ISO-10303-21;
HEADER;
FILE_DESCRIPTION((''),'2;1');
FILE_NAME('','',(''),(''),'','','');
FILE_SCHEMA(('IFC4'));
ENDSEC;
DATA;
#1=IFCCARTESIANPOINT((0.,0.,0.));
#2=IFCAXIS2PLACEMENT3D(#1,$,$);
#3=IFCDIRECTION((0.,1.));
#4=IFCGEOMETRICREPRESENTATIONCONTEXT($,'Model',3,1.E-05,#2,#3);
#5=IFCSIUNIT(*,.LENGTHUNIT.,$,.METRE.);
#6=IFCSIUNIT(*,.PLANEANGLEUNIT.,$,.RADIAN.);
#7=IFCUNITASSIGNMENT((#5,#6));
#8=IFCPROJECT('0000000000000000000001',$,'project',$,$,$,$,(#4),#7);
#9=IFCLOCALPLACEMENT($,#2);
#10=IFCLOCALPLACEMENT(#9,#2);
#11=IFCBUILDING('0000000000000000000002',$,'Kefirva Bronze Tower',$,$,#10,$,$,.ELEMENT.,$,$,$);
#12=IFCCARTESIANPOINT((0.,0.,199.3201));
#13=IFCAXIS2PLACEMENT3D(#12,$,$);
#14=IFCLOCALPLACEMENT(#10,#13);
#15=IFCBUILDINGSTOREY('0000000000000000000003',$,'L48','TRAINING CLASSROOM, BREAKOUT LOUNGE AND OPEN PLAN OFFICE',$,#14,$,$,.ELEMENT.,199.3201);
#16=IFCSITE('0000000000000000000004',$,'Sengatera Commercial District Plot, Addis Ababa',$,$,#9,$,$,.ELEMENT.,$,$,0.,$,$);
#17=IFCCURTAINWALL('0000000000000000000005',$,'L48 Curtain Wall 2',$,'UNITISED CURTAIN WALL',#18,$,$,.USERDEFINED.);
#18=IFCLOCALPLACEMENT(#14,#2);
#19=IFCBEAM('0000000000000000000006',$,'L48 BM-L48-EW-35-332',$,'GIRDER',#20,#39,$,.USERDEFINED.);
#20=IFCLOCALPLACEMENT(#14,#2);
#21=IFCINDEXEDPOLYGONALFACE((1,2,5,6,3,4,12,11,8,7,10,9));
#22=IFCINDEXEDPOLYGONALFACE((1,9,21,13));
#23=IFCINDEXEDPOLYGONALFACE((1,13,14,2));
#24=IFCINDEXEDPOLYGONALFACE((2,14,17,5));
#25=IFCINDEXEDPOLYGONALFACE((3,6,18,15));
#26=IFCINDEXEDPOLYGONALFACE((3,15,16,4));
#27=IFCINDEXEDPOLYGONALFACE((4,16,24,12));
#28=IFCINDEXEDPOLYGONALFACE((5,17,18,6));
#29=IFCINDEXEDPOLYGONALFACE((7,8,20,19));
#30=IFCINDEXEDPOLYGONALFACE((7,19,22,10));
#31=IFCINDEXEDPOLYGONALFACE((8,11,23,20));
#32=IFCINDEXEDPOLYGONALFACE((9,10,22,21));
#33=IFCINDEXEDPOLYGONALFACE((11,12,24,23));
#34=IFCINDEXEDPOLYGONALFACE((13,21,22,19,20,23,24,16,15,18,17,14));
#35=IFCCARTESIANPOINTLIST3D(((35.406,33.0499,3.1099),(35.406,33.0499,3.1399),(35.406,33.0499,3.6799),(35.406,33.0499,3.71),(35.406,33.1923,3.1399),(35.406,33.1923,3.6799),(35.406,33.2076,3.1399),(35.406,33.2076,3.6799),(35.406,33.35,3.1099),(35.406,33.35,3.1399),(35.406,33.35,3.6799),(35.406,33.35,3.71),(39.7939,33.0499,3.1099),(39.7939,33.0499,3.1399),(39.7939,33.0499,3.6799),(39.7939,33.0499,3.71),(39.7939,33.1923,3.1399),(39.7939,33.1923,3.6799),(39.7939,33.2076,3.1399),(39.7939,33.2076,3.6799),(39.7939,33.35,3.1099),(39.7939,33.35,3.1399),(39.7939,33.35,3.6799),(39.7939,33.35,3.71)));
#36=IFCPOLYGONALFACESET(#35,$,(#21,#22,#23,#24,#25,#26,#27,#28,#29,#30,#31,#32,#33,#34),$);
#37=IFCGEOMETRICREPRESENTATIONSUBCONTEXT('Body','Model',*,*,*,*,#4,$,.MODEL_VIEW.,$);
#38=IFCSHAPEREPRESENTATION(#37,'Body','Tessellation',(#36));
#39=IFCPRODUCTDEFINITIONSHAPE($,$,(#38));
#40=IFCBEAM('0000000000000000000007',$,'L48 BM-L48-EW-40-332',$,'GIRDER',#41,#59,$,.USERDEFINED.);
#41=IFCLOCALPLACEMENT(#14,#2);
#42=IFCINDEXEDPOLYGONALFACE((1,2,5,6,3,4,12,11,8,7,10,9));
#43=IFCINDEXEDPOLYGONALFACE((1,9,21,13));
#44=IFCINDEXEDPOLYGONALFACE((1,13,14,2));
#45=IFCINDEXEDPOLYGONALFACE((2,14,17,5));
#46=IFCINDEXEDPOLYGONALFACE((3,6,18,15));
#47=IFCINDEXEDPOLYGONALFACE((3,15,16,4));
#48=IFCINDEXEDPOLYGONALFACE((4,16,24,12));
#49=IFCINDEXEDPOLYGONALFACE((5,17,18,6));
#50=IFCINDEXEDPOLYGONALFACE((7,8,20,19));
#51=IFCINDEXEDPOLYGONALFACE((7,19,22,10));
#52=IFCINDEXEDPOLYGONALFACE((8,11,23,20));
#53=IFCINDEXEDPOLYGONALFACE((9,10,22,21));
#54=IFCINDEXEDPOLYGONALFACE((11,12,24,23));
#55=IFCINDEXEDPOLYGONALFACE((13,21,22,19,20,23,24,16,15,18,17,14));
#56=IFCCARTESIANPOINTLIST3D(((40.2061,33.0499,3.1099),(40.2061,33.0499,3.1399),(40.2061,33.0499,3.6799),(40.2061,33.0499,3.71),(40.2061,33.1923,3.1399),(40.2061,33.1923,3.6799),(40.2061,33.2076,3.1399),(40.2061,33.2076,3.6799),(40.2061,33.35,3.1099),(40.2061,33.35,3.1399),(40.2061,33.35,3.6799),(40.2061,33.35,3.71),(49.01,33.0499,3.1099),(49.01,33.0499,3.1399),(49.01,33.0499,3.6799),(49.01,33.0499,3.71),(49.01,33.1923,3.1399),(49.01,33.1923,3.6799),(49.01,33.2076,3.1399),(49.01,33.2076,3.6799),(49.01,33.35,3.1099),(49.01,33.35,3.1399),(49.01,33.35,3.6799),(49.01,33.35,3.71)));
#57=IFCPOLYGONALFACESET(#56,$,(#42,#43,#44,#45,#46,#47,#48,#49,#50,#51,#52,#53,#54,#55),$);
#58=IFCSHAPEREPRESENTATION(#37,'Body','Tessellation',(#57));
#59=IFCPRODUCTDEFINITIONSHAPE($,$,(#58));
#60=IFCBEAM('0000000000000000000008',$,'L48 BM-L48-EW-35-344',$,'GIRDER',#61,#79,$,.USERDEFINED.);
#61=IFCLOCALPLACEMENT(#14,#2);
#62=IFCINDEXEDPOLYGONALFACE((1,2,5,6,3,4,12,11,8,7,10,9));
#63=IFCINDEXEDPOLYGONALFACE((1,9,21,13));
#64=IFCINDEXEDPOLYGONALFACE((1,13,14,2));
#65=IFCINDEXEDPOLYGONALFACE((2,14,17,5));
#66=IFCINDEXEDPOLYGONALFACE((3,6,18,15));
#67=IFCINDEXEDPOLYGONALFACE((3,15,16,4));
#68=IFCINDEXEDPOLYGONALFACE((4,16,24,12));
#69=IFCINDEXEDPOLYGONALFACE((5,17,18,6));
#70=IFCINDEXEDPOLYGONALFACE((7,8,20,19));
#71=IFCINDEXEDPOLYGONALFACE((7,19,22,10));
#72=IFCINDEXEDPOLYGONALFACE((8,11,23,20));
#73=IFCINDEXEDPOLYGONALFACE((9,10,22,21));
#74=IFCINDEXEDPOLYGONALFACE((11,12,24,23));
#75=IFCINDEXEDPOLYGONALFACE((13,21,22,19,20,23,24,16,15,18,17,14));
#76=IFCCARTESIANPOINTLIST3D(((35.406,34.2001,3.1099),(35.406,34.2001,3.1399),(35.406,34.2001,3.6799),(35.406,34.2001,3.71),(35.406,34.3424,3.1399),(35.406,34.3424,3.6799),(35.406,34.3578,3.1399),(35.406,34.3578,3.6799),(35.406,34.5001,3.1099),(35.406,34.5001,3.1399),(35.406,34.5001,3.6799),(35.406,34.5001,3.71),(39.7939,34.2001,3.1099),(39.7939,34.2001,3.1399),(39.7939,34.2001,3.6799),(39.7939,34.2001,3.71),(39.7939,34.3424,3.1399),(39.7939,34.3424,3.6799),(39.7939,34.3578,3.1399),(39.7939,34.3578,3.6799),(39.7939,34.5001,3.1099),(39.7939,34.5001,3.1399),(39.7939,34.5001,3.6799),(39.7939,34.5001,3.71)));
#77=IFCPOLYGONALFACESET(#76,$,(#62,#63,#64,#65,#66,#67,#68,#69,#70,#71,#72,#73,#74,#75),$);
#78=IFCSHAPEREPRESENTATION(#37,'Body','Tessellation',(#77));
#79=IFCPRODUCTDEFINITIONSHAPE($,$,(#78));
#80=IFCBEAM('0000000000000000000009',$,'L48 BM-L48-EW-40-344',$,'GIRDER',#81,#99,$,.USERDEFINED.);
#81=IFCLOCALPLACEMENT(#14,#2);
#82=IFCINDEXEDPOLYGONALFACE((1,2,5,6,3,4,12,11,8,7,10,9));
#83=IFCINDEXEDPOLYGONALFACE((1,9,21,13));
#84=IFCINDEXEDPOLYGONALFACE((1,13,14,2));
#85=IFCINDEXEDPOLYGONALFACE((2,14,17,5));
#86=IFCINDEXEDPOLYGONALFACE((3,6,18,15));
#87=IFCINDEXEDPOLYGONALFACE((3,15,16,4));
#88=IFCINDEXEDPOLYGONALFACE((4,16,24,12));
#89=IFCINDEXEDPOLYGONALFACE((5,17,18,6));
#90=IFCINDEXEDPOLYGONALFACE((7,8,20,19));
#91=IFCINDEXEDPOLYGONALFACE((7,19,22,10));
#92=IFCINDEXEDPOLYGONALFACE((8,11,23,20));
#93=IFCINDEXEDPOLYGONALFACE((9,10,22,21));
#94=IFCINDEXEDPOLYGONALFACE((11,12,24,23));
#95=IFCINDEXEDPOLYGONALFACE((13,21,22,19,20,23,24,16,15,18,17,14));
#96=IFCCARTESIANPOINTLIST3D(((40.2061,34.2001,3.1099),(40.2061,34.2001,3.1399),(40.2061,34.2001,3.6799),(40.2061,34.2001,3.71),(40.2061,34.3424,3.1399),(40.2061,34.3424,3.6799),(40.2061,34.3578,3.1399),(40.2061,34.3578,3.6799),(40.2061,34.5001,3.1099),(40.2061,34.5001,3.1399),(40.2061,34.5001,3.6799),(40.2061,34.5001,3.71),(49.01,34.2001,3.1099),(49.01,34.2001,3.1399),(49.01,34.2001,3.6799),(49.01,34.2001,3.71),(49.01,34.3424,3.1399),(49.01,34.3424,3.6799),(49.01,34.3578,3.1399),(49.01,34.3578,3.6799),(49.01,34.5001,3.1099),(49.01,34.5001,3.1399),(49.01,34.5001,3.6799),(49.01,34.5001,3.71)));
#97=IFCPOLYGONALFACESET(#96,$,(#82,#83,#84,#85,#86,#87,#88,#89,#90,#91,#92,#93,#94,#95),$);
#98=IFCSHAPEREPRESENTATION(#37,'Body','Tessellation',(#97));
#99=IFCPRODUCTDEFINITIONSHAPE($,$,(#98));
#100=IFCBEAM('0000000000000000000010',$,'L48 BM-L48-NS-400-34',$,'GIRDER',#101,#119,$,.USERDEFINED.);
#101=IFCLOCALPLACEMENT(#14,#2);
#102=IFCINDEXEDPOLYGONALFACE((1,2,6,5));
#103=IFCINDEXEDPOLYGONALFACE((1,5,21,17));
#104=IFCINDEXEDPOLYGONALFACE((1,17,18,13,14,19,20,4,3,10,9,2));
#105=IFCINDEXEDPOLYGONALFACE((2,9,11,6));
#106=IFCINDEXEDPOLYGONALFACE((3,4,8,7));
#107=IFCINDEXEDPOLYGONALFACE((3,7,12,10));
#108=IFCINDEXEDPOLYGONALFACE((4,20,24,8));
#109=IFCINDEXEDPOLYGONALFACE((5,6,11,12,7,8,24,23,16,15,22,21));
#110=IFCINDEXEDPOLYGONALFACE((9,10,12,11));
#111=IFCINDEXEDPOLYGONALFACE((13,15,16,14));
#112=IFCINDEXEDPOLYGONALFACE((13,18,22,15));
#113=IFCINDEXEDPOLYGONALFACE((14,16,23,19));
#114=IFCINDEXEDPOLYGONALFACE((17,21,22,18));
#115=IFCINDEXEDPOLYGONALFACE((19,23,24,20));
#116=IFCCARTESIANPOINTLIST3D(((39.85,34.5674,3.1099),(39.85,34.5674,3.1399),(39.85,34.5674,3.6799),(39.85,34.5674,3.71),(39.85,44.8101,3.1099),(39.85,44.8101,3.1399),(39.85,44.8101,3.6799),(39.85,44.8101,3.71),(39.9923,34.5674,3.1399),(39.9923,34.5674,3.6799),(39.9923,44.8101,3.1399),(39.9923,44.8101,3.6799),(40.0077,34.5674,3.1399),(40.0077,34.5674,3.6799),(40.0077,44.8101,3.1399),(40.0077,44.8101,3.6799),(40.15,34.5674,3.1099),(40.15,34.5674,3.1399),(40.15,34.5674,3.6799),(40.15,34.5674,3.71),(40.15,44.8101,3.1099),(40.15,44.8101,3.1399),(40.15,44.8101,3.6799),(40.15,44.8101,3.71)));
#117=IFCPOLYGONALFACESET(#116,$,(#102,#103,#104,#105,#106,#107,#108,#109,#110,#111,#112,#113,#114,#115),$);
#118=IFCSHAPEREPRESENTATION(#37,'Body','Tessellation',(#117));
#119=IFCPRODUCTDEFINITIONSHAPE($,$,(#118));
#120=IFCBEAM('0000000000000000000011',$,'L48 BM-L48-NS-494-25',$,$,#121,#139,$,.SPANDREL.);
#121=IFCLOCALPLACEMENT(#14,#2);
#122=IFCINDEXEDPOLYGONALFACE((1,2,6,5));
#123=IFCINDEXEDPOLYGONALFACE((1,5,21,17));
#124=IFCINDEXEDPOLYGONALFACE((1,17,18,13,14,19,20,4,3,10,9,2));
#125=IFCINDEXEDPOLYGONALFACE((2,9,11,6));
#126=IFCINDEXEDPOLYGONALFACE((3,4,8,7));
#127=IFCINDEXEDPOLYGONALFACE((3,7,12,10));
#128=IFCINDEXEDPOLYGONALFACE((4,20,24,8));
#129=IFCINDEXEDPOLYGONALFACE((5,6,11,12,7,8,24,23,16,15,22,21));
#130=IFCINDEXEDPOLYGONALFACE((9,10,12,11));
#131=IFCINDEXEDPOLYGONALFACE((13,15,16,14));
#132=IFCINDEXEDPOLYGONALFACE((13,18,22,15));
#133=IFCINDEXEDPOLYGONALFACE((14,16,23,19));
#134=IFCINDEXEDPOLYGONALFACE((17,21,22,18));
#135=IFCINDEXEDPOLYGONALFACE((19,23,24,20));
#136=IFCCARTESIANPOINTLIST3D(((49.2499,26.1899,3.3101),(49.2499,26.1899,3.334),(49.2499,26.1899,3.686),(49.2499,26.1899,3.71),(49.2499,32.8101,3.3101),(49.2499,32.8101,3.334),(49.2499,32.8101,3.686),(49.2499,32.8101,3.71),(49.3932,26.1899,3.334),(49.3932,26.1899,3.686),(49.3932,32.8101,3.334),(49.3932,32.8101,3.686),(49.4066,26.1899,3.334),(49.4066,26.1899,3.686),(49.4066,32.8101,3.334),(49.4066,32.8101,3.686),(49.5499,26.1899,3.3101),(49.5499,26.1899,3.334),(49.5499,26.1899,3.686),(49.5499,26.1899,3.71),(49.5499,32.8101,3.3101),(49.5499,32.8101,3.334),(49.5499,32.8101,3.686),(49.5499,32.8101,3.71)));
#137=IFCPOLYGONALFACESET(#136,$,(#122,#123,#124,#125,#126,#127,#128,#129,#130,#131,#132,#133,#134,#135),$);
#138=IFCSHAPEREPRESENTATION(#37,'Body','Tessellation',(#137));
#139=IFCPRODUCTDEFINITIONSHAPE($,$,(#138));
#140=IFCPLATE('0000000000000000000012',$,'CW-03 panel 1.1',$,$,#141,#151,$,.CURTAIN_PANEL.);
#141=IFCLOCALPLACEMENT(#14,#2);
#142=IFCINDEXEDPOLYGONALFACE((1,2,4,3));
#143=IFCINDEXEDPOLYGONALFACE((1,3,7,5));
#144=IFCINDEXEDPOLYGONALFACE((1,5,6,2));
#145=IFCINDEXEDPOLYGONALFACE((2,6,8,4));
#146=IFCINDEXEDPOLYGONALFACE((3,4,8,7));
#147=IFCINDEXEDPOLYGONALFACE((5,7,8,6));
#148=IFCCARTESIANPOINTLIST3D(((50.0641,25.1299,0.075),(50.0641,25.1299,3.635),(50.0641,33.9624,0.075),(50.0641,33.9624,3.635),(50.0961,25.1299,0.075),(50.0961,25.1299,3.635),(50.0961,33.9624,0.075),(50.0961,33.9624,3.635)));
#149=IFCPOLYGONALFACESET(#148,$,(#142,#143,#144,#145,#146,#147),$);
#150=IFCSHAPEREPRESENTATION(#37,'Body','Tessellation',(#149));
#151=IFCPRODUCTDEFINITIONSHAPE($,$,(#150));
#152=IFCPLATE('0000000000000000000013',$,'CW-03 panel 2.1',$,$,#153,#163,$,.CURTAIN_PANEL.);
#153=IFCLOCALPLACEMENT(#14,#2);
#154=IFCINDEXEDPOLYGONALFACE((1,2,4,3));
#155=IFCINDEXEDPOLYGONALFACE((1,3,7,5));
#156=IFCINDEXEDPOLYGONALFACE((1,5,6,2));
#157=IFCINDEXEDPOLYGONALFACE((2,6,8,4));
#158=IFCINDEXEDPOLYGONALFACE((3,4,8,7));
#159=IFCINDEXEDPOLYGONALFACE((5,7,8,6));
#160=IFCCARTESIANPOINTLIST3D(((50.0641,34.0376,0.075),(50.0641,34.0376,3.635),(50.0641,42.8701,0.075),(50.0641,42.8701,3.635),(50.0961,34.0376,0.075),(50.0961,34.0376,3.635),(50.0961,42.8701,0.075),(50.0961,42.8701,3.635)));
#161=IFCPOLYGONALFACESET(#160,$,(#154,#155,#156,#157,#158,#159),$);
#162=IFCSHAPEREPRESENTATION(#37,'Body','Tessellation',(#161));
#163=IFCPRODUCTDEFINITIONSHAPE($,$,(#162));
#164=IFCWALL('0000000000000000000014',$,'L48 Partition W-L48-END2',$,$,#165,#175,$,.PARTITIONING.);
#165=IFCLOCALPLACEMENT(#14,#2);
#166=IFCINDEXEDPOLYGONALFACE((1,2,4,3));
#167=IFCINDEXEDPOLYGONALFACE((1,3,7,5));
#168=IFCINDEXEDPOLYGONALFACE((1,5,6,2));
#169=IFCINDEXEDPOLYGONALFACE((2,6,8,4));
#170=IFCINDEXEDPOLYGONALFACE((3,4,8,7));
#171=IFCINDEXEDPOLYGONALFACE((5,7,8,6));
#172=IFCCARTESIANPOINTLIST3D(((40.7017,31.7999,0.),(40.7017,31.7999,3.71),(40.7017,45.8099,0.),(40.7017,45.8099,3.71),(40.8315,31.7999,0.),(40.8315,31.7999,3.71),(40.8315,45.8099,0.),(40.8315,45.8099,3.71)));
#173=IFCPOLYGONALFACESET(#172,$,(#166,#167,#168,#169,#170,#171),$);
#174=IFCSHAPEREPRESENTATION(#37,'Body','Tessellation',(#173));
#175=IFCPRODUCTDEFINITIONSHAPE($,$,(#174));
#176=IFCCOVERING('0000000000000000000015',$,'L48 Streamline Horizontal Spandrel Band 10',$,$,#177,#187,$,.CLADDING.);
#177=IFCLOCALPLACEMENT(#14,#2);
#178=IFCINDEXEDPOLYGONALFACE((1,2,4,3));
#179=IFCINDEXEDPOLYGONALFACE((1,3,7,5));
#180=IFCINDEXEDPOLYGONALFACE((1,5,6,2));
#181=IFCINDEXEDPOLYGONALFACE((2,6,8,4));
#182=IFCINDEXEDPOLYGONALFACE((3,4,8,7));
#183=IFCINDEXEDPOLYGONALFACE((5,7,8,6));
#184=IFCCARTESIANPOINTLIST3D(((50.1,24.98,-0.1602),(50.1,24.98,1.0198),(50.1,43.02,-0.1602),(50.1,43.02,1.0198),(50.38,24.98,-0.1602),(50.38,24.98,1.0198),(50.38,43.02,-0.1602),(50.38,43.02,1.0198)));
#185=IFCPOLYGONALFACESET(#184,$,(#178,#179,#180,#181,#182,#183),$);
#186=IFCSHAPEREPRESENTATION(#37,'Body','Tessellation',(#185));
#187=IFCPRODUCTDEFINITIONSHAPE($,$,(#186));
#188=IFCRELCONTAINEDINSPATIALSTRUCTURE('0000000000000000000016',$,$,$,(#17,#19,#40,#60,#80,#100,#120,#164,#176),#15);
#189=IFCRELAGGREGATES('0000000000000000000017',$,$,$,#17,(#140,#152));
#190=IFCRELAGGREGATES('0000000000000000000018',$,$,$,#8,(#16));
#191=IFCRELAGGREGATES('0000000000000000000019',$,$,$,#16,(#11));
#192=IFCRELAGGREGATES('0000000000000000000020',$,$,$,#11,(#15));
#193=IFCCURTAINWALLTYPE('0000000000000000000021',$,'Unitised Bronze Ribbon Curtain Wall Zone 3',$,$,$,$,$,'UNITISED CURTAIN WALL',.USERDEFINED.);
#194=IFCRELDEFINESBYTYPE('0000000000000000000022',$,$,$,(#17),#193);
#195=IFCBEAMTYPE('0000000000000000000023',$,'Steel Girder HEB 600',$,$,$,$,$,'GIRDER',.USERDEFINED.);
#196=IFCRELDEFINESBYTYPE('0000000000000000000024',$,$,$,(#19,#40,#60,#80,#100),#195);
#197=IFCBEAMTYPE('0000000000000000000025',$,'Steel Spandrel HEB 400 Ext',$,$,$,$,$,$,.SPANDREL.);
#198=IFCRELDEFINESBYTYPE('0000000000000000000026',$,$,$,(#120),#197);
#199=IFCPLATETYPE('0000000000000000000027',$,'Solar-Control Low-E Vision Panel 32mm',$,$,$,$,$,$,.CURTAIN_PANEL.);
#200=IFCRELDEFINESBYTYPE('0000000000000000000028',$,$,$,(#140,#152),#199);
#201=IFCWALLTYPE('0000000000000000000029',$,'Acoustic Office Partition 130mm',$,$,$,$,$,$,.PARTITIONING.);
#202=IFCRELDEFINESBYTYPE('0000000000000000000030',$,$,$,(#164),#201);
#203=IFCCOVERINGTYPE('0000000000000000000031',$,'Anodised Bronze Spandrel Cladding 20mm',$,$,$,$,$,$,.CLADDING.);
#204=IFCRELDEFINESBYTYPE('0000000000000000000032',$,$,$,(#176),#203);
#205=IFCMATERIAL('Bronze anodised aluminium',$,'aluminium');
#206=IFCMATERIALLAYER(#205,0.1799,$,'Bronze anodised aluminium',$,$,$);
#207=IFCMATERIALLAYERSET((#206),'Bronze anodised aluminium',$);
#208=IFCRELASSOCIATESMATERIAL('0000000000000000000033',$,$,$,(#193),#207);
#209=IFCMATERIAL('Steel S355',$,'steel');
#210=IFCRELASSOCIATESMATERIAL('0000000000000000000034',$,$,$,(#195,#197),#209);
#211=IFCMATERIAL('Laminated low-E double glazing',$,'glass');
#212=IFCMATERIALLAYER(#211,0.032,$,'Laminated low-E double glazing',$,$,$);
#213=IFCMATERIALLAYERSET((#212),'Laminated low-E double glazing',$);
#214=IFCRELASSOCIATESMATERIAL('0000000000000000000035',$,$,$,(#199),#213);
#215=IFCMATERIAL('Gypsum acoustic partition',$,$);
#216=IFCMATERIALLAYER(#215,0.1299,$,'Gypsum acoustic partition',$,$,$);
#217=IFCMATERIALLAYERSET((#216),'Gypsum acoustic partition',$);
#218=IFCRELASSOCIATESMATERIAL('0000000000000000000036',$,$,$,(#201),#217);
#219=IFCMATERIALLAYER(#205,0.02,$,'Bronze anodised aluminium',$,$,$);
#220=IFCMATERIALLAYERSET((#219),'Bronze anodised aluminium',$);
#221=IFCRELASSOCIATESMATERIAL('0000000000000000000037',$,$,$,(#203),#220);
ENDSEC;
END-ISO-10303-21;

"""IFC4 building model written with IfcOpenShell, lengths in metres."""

from ifc_helpers import new_model, si_unit, direction, frame, frame_2d, origin, origin_2d, place, context, subcontext, project, spatial, rectangle, i_section, extrude, material, layer, layer_set, material_profile, profile_set, type_object, element, aggregate, save


model = new_model("IFC4")

# Units and contexts
model_context = context("Model", 3, precision=1e-05, world=origin(), true_north=direction((0.0, 1.0)))
body_context = subcontext(model_context, "Body", "Model", "MODEL_VIEW")
ifc_project = project(units=[si_unit("LENGTHUNIT", "METRE"), si_unit("PLANEANGLEUNIT", "RADIAN")], contexts=[model_context])

# Site, building, storey
site_placement = place(None, origin())
site = spatial("IfcSite", under=ifc_project, at=site_placement, Name="Sengatera Commercial District Plot, Addis Ababa", CompositionType="ELEMENT", RefElevation=0.0)
building_placement = place(site_placement, origin())
building = spatial("IfcBuilding", under=site, at=building_placement, Name="Kefirva Bronze Tower", CompositionType="ELEMENT")
storey_placement = place(building_placement, frame((0.0, 0.0, 199.3201)))
storey = spatial("IfcBuildingStorey", under=building, at=storey_placement, Name="L48", Description="TRAINING CLASSROOM, BREAKOUT LOUNGE AND OPEN PLAN OFFICE", CompositionType="ELEMENT", Elevation=199.3201)

# Curtain wall
ifc_material_1 = material(Name="Bronze anodised aluminium", Category="aluminium")
ifc_layer_1 = layer(ifc_material_1, 0.1799, Name="Bronze anodised aluminium")
ifc_layer_set_1 = layer_set([ifc_layer_1], Name="Bronze anodised aluminium")
curtain_wall_type = type_object("IfcCurtainWallType", Name="Unitised Bronze Ribbon Curtain Wall Zone 3", ElementType="UNITISED CURTAIN WALL", PredefinedType="USERDEFINED", material=ifc_layer_set_1)
curtain_wall_placement = place(storey_placement, origin())
curtain_wall = element("IfcCurtainWall", 1, at=curtain_wall_placement, inside=storey, type_object=curtain_wall_type, Name="L48 Curtain Wall 2", ObjectType="UNITISED CURTAIN WALL", PredefinedType="USERDEFINED")

# Beams
ifc_material_2 = material(Name="Steel S355", Category="steel")
ifc_material_profile_1 = material_profile(ifc_material_2, i_section(OverallWidth=0.3, OverallDepth=0.6001, WebThickness=0.0154, FlangeThickness=0.03, at=origin_2d()), Name="HEB 600")
ifc_profile_set_1 = profile_set([ifc_material_profile_1], Name="Steel S355")
beam_type_1 = type_object("IfcBeamType", Name="Steel Girder HEB 600", ElementType="GIRDER", PredefinedType="USERDEFINED", material=ifc_profile_set_1)
beam_1_placement = place(storey_placement, frame((35.406, 33.2, 3.4099), z_axis=(1.0, 0.0, 0.0), x_axis=(0.0, 1.0, 0.0)))
element("IfcBeam", 2, at=beam_1_placement, inside=storey, type_object=beam_type_1, Name="L48 BM-L48-EW-35-332", ObjectType="GIRDER", PredefinedType="USERDEFINED", context=body_context, shape_type="SweptSolid", body=[
    extrude(i_section(OverallWidth=0.3, OverallDepth=0.6001, WebThickness=0.0154, FlangeThickness=0.03, at=origin_2d()), origin(), (0.0, 0.0, 1.0), 4.3879),
])
beam_2_placement = place(storey_placement, frame((40.2061, 33.2, 3.4099), z_axis=(1.0, 0.0, 0.0), x_axis=(0.0, 1.0, 0.0)))
element("IfcBeam", 3, at=beam_2_placement, inside=storey, type_object=beam_type_1, Name="L48 BM-L48-EW-40-332", ObjectType="GIRDER", PredefinedType="USERDEFINED", context=body_context, shape_type="SweptSolid", body=[
    extrude(i_section(OverallWidth=0.3, OverallDepth=0.6001, WebThickness=0.0154, FlangeThickness=0.03, at=origin_2d()), origin(), (0.0, 0.0, 1.0), 8.804),
])
beam_3_placement = place(storey_placement, frame((35.406, 34.3501, 3.4099), z_axis=(1.0, 0.0, 0.0), x_axis=(0.0, 1.0, 0.0)))
element("IfcBeam", 4, at=beam_3_placement, inside=storey, type_object=beam_type_1, Name="L48 BM-L48-EW-35-344", ObjectType="GIRDER", PredefinedType="USERDEFINED", context=body_context, shape_type="SweptSolid", body=[
    extrude(i_section(OverallWidth=0.3, OverallDepth=0.6001, WebThickness=0.0154, FlangeThickness=0.03, at=origin_2d()), origin(), (0.0, 0.0, 1.0), 4.3879),
])
beam_4_placement = place(storey_placement, frame((40.2061, 34.3501, 3.4099), z_axis=(1.0, 0.0, 0.0), x_axis=(0.0, 1.0, 0.0)))
element("IfcBeam", 5, at=beam_4_placement, inside=storey, type_object=beam_type_1, Name="L48 BM-L48-EW-40-344", ObjectType="GIRDER", PredefinedType="USERDEFINED", context=body_context, shape_type="SweptSolid", body=[
    extrude(i_section(OverallWidth=0.3, OverallDepth=0.6001, WebThickness=0.0154, FlangeThickness=0.03, at=origin_2d()), origin(), (0.0, 0.0, 1.0), 8.804),
])
beam_5_placement = place(storey_placement, frame((40.0, 34.5674, 3.4099), z_axis=(0.0, 1.0, 0.0), x_axis=(-1.0, 0.0, 0.0)))
element("IfcBeam", 6, at=beam_5_placement, inside=storey, type_object=beam_type_1, Name="L48 BM-L48-NS-400-34", ObjectType="GIRDER", PredefinedType="USERDEFINED", context=body_context, shape_type="SweptSolid", body=[
    extrude(i_section(OverallWidth=0.3, OverallDepth=0.6001, WebThickness=0.0154, FlangeThickness=0.03, at=origin_2d()), origin(), (0.0, 0.0, 1.0), 10.2427),
])
ifc_material_profile_2 = material_profile(ifc_material_2, i_section(OverallWidth=0.3, OverallDepth=0.3999, WebThickness=0.0134, FlangeThickness=0.0239, at=origin_2d()), Name="HEB 400")
ifc_profile_set_2 = profile_set([ifc_material_profile_2], Name="Steel S355")
beam_type_2 = type_object("IfcBeamType", Name="Steel Spandrel HEB 400 Ext", PredefinedType="SPANDREL", material=ifc_profile_set_2)
beam_6_placement = place(storey_placement, frame((49.3999, 26.1899, 3.51), z_axis=(0.0, 1.0, 0.0), x_axis=(-1.0, 0.0, 0.0)))
element("IfcBeam", 7, at=beam_6_placement, inside=storey, type_object=beam_type_2, Name="L48 BM-L48-NS-494-25", PredefinedType="SPANDREL", context=body_context, shape_type="SweptSolid", body=[
    extrude(i_section(OverallWidth=0.3, OverallDepth=0.3999, WebThickness=0.0134, FlangeThickness=0.0239, at=origin_2d()), origin(), (0.0, 0.0, 1.0), 6.6201),
])

# Plates
ifc_material_3 = material(Name="Laminated low-E double glazing", Category="glass")
ifc_layer_2 = layer(ifc_material_3, 0.032, Name="Laminated low-E double glazing")
ifc_layer_set_2 = layer_set([ifc_layer_2], Name="Laminated low-E double glazing")
plate_type = type_object("IfcPlateType", Name="Solar-Control Low-E Vision Panel 32mm", PredefinedType="CURTAIN_PANEL", material=ifc_layer_set_2)
plate_1_placement = place(storey_placement, frame((50.0801, 29.5461, 0.075), z_axis=(0.0, 0.0, 1.0), x_axis=(0.0, 1.0, 0.0)))
plate_1 = element("IfcPlate", 8, at=plate_1_placement, type_object=plate_type, Name="CW-03 panel 1.1", PredefinedType="CURTAIN_PANEL", context=body_context, shape_type="SweptSolid", body=[
    extrude(rectangle(XDim=8.8325, YDim=0.032, at=origin_2d()), origin(), (0.0, 0.0, 1.0), 3.5601),
])
plate_2_placement = place(storey_placement, frame((50.0801, 38.4539, 0.075), z_axis=(0.0, 0.0, 1.0), x_axis=(0.0, 1.0, 0.0)))
plate_2 = element("IfcPlate", 9, at=plate_2_placement, type_object=plate_type, Name="CW-03 panel 2.1", PredefinedType="CURTAIN_PANEL", context=body_context, shape_type="SweptSolid", body=[
    extrude(rectangle(XDim=8.8325, YDim=0.032, at=origin_2d()), origin(), (0.0, 0.0, 1.0), 3.5601),
])
aggregate(curtain_wall, [plate_1, plate_2])

# Wall
ifc_material_4 = material(Name="Gypsum acoustic partition")
ifc_layer_3 = layer(ifc_material_4, 0.1299, Name="Gypsum acoustic partition")
ifc_layer_set_3 = layer_set([ifc_layer_3], Name="Gypsum acoustic partition")
wall_type = type_object("IfcWallType", Name="Acoustic Office Partition 130mm", PredefinedType="PARTITIONING", material=ifc_layer_set_3)
wall_placement = place(storey_placement, frame((40.7666, 31.8, 0.0), z_axis=(0.0, 0.0, 1.0), x_axis=(0.0, 1.0, 0.0)))
element("IfcWall", 10, at=wall_placement, inside=storey, type_object=wall_type, Name="L48 Partition W-L48-END2", PredefinedType="PARTITIONING", context=body_context, shape_type="SweptSolid", body=[
    extrude(rectangle(XDim=14.01, YDim=0.1299, at=frame_2d((7.0049, 0.0))), origin(), (0.0, 0.0, 1.0), 3.71),
])

# Covering
ifc_layer_4 = layer(ifc_material_1, 0.02, Name="Bronze anodised aluminium")
ifc_layer_set_4 = layer_set([ifc_layer_4], Name="Bronze anodised aluminium")
covering_type_1 = type_object("IfcCoveringType", Name="Anodised Bronze Spandrel Cladding 20mm", PredefinedType="CLADDING", material=ifc_layer_set_4)
covering_1_placement = place(storey_placement, frame((50.24, 34.0, -0.1602), z_axis=(0.0, 0.0, 1.0), x_axis=(0.0, 1.0, 0.0)))
element("IfcCovering", 11, at=covering_1_placement, inside=storey, type_object=covering_type_1, Name="L48 Streamline Horizontal Spandrel Band 10", PredefinedType="CLADDING", context=body_context, shape_type="SweptSolid", body=[
    extrude(rectangle(XDim=18.04, YDim=0.28, at=origin_2d()), origin(), (0.0, 0.0, 1.0), 1.1799),
])

save(model, "model.ifc")
